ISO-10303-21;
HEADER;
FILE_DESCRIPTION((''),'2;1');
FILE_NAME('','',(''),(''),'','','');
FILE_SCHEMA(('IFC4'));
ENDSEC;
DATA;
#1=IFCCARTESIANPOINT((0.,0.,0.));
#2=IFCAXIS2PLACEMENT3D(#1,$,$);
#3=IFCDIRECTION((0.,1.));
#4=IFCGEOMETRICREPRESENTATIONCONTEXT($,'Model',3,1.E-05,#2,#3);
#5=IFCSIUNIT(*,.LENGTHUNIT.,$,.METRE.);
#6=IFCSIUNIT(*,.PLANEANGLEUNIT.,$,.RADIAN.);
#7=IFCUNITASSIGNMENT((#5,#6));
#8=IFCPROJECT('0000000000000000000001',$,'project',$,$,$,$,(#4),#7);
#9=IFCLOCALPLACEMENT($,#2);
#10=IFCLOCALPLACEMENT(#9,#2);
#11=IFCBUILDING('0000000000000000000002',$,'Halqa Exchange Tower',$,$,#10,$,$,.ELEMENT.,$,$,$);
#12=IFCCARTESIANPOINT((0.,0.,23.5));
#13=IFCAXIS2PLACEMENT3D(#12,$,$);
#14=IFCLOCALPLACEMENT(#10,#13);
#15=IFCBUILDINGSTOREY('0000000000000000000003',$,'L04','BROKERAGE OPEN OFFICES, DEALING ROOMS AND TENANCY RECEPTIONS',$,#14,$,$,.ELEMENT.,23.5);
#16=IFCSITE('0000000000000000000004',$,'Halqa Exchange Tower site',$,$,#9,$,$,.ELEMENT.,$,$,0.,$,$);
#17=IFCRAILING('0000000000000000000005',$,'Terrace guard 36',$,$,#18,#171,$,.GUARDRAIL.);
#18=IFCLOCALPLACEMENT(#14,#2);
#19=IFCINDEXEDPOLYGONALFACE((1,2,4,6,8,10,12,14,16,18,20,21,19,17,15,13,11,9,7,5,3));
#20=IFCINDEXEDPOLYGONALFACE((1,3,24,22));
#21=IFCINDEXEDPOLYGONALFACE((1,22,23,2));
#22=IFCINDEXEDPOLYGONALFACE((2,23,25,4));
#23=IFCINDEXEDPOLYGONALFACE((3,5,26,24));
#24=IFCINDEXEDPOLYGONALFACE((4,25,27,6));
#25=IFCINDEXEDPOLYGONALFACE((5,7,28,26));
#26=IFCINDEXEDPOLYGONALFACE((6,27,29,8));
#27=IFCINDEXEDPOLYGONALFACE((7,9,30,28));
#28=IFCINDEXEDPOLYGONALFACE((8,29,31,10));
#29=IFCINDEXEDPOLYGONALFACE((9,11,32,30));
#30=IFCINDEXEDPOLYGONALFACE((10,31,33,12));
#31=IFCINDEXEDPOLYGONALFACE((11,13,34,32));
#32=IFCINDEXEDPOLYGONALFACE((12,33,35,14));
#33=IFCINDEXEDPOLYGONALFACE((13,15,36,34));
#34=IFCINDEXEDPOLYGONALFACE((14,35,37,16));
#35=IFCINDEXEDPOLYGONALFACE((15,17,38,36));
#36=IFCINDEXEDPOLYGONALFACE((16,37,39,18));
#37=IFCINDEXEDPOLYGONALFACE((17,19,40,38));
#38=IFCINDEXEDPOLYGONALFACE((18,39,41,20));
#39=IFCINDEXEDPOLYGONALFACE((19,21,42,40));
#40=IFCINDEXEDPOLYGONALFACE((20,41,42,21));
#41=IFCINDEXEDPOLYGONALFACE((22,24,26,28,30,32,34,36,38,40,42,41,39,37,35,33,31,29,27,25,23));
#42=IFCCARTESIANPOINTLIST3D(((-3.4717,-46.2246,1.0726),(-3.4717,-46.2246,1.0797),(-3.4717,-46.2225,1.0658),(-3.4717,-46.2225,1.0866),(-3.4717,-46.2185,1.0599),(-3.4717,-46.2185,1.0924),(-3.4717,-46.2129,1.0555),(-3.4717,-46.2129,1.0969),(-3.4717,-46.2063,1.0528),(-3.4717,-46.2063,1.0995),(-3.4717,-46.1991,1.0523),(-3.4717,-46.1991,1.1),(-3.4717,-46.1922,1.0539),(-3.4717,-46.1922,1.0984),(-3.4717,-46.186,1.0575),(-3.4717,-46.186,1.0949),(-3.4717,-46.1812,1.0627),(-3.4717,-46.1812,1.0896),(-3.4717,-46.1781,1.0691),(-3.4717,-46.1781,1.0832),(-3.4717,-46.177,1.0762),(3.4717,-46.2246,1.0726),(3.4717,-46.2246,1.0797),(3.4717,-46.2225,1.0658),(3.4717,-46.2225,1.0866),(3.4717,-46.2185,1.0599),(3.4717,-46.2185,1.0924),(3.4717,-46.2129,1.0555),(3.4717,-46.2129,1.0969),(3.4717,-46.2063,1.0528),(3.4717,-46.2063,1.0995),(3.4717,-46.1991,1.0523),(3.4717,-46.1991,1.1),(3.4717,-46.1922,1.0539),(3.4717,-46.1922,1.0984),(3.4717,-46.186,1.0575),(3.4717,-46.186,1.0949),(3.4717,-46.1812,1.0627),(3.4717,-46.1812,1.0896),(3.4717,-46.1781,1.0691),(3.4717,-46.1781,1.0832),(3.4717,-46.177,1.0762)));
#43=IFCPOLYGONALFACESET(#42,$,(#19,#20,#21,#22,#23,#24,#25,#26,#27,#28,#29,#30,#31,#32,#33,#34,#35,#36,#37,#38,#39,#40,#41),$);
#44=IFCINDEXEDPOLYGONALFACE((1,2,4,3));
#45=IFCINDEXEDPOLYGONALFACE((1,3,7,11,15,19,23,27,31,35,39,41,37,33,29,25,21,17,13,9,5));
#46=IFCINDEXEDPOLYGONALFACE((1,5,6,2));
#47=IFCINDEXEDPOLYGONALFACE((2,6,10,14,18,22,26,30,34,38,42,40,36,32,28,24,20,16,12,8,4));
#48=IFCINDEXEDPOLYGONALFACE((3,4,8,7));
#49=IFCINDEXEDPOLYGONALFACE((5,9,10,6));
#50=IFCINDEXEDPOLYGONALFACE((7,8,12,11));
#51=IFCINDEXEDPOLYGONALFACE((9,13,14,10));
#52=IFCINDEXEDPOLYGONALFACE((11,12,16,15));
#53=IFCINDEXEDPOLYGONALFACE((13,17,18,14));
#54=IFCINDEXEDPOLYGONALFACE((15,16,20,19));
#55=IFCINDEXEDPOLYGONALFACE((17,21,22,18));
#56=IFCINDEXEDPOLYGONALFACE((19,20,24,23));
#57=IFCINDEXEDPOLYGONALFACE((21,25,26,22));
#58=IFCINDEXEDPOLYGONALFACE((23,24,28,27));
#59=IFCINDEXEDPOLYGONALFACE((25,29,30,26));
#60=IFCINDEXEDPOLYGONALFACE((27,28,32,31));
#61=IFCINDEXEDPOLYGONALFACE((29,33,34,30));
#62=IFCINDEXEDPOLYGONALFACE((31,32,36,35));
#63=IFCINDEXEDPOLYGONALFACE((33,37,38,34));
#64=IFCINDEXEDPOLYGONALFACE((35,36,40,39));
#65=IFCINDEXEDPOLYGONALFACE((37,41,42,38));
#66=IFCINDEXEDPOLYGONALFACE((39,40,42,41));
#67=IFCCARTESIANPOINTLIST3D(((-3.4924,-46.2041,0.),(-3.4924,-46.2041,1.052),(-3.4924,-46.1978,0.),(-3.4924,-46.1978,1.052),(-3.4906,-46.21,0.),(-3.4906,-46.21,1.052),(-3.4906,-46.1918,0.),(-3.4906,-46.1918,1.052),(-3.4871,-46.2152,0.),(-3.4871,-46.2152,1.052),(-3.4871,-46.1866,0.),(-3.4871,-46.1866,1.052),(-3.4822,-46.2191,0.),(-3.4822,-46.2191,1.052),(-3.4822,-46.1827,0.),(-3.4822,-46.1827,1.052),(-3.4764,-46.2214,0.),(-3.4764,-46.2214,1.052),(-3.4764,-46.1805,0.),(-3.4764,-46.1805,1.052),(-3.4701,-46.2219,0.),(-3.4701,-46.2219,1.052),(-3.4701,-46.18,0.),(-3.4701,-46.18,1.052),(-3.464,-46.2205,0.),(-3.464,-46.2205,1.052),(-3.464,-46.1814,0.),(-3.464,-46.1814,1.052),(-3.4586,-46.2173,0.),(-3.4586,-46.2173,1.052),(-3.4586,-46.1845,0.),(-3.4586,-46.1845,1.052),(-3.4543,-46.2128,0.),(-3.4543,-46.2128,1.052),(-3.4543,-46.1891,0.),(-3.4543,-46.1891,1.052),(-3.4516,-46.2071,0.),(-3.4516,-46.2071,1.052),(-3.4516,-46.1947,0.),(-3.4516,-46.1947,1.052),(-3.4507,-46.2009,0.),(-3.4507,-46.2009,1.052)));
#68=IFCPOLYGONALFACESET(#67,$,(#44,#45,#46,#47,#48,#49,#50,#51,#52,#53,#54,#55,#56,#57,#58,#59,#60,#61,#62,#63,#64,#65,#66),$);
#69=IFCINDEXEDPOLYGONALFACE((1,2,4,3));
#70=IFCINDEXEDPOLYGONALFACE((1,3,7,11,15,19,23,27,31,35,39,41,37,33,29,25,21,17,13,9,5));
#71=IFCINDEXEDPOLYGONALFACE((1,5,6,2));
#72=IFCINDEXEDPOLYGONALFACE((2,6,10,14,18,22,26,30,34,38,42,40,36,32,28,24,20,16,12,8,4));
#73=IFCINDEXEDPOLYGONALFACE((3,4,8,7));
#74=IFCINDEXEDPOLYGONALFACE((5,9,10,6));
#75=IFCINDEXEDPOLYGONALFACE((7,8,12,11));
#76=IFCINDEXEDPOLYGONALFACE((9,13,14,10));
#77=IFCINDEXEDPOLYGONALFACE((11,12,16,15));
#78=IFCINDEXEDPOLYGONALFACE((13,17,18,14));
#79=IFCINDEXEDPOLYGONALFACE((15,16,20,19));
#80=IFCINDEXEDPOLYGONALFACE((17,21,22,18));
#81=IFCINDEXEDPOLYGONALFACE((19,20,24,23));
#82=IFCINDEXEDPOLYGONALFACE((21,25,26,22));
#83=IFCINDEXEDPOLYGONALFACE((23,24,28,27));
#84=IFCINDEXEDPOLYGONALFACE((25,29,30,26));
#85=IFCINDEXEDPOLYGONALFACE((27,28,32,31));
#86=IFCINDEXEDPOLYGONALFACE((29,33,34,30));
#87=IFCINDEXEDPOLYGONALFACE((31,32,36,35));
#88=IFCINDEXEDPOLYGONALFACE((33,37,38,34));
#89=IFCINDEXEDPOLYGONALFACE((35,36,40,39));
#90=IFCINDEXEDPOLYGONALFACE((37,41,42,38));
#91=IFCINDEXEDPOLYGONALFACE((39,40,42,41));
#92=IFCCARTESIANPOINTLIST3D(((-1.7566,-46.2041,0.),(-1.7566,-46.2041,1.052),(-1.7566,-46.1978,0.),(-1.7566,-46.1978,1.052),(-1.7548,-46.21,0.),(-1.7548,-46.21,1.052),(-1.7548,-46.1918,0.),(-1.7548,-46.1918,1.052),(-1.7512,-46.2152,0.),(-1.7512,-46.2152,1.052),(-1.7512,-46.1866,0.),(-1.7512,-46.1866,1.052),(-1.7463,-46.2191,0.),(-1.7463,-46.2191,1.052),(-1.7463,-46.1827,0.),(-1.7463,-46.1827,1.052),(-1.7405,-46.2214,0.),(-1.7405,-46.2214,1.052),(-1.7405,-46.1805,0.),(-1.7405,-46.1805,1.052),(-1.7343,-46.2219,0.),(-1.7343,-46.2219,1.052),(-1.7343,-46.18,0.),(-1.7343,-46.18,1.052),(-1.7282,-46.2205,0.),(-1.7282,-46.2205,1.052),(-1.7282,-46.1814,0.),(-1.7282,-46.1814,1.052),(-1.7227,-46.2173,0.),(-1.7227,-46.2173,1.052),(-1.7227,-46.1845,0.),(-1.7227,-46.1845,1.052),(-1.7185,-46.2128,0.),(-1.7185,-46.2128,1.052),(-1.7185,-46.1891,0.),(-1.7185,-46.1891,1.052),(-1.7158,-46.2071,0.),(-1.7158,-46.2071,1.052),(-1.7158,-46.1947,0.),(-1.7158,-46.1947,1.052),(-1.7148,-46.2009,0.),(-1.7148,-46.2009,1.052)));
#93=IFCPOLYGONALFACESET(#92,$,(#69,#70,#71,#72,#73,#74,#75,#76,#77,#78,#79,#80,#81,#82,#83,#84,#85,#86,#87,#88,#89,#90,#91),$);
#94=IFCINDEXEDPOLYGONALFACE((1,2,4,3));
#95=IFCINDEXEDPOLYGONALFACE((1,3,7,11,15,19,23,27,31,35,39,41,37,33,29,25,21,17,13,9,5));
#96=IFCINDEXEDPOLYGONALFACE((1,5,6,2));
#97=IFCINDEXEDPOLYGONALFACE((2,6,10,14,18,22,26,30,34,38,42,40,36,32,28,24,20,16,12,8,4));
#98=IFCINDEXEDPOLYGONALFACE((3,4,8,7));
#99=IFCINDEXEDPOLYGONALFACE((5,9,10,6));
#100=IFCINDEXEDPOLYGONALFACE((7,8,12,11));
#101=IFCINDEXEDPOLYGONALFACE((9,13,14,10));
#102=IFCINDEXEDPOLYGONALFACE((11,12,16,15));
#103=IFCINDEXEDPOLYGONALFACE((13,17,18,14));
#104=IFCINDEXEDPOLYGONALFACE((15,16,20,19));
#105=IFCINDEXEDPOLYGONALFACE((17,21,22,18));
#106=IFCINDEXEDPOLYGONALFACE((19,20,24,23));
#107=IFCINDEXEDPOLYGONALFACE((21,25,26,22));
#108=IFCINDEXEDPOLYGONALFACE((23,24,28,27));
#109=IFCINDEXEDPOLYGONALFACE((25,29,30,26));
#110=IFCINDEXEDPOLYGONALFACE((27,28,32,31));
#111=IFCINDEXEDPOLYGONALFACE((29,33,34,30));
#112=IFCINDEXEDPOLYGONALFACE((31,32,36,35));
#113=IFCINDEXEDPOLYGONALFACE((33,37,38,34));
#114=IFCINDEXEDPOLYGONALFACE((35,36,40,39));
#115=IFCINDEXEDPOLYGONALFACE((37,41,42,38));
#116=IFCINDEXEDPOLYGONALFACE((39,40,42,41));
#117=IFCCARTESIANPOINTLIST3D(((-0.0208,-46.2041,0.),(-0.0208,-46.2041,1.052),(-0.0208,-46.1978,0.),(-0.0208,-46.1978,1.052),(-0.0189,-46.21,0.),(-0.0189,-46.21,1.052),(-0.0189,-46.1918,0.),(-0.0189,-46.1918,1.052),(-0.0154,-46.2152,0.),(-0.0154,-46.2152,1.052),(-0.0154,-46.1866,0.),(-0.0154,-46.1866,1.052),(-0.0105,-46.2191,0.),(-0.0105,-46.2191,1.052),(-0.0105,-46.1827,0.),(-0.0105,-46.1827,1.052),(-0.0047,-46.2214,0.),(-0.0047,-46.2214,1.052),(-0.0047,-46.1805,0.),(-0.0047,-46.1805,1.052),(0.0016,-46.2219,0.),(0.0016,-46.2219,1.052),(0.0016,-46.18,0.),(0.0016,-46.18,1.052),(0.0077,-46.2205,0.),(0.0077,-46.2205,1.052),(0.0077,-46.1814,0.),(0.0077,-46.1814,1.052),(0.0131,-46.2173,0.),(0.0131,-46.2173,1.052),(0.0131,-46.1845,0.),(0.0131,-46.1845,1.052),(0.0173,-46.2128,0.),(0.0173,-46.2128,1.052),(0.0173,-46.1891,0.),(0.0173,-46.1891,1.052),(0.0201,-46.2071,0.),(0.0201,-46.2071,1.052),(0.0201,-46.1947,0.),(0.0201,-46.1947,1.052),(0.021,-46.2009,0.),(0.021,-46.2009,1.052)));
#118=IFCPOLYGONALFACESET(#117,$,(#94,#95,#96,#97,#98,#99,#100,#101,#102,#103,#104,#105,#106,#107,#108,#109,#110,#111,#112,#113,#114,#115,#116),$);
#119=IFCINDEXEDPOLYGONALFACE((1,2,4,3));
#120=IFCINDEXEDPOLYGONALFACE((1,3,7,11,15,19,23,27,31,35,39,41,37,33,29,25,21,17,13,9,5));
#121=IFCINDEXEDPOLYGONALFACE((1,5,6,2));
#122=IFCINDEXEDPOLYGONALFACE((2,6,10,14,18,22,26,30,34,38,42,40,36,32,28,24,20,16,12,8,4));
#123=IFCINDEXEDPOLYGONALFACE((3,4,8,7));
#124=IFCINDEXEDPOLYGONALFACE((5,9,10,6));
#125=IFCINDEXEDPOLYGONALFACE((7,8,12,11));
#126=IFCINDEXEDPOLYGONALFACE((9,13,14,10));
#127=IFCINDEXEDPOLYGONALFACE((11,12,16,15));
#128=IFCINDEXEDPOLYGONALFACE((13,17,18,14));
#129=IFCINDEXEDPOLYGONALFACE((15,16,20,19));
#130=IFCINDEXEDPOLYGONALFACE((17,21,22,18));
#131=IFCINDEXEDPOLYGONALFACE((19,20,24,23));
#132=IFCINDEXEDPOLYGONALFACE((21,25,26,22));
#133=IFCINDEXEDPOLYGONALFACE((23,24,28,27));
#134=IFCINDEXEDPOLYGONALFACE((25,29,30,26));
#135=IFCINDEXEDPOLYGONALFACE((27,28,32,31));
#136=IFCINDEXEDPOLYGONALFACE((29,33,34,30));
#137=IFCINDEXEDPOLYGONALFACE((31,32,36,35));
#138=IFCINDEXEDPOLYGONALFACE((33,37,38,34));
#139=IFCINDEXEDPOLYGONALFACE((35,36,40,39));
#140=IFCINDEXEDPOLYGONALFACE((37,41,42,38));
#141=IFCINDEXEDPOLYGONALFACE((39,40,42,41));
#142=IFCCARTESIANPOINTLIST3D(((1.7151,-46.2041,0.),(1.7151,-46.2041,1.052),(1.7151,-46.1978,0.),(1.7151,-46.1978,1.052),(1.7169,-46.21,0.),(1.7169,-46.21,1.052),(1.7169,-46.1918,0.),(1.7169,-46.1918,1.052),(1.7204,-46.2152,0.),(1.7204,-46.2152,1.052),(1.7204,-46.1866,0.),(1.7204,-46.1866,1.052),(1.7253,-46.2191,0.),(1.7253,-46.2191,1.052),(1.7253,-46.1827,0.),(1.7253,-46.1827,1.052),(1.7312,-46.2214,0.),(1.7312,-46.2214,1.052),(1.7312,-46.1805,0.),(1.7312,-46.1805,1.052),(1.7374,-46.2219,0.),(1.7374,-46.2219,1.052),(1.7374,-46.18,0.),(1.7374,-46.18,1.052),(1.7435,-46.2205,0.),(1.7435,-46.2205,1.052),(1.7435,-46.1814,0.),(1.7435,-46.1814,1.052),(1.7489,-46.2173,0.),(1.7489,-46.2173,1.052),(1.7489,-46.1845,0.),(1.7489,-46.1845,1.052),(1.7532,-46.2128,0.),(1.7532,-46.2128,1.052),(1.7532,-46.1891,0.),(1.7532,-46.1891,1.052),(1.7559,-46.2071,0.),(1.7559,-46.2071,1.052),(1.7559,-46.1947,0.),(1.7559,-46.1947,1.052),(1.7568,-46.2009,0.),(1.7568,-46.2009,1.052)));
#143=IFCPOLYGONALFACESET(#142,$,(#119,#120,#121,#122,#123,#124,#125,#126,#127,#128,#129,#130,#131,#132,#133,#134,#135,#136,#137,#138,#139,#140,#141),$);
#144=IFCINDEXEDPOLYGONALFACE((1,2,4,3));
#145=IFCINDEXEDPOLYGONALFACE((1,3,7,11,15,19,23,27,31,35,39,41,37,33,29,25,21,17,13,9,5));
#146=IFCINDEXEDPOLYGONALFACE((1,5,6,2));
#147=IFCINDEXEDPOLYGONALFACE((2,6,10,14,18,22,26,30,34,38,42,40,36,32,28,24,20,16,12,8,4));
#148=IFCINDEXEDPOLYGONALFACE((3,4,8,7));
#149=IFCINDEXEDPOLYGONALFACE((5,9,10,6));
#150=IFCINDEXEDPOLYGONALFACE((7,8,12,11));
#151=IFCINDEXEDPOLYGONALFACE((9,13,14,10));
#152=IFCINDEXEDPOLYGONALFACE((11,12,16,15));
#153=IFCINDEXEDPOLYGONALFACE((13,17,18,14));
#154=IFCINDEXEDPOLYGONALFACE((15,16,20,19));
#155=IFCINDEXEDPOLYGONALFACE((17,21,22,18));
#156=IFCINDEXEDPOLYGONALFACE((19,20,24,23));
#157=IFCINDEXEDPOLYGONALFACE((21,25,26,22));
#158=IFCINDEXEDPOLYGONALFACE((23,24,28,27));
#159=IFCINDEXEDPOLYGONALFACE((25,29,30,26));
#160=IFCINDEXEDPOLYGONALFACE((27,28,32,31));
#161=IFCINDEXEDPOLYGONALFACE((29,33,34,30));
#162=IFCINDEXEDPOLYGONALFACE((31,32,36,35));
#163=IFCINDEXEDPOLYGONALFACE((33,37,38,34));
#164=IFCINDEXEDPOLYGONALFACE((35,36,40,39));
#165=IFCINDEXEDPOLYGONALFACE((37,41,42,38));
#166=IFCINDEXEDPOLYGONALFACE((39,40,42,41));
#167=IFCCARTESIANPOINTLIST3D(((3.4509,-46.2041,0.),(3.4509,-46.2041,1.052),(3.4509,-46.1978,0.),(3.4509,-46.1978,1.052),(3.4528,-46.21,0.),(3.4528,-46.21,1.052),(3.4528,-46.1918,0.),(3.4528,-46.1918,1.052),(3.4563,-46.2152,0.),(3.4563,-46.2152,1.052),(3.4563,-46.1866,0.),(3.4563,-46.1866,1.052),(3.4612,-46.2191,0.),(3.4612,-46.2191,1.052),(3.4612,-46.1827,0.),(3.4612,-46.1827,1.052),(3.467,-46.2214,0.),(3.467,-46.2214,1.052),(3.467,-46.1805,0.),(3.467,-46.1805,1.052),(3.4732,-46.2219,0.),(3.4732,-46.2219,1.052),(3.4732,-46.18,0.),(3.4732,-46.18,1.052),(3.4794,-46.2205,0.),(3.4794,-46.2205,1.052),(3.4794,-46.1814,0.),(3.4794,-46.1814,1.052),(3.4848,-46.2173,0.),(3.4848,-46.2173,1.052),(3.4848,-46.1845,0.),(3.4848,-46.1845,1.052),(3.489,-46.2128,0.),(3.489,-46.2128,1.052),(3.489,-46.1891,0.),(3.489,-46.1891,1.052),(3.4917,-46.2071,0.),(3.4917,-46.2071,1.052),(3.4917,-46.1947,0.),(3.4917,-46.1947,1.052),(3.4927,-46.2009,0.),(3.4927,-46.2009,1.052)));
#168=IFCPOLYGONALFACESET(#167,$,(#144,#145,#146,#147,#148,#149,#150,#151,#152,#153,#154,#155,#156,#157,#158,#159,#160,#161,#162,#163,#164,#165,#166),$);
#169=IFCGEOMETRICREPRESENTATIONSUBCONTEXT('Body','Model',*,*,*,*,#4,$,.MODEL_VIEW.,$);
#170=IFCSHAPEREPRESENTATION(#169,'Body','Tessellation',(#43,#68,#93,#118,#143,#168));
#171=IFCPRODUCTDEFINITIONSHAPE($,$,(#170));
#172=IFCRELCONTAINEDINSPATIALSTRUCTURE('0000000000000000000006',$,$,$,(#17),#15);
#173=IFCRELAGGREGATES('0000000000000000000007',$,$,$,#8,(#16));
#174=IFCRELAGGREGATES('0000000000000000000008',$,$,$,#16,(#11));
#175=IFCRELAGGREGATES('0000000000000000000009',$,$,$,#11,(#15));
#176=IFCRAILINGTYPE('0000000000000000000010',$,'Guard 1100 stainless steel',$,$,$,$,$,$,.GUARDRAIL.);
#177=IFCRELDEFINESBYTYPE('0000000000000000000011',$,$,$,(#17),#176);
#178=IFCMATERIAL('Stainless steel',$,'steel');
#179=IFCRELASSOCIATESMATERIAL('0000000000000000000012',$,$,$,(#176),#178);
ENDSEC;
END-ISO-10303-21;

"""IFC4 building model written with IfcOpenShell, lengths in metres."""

from ifc_helpers import new_model, si_unit, direction, frame, origin, origin_2d, place, context, subcontext, project, spatial, circle, extrude, material, type_object, element, save


model = new_model("IFC4")

# Units and contexts
model_context = context("Model", 3, precision=1e-05, world=origin(), true_north=direction((0.0, 1.0)))
body_context = subcontext(model_context, "Body", "Model", "MODEL_VIEW")
ifc_project = project(units=[si_unit("LENGTHUNIT", "METRE"), si_unit("PLANEANGLEUNIT", "RADIAN")], contexts=[model_context])

# Site, building, storey
site_placement = place(None, origin())
site = spatial("IfcSite", under=ifc_project, at=site_placement, Name="Halqa Exchange Tower site", CompositionType="ELEMENT", RefElevation=0.0)
building_placement = place(site_placement, origin())
building = spatial("IfcBuilding", under=site, at=building_placement, Name="Halqa Exchange Tower", CompositionType="ELEMENT")
storey_placement = place(building_placement, frame((0.0, 0.0, 23.5)))
storey = spatial("IfcBuildingStorey", under=building, at=storey_placement, Name="L04", Description="BROKERAGE OPEN OFFICES, DEALING ROOMS AND TENANCY RECEPTIONS", CompositionType="ELEMENT", Elevation=23.5)

# Railing
ifc_material_1 = material(Name="Stainless steel", Category="steel")
railing_type = type_object("IfcRailingType", Name="Guard 1100 stainless steel", PredefinedType="GUARDRAIL", material=ifc_material_1)
railing_1_placement = place(storey_placement, frame((-3.4717, -46.2009, 0.0)))
element("IfcRailing", 1, at=railing_1_placement, inside=storey, type_object=railing_type, Name="Terrace guard 36", PredefinedType="GUARDRAIL", context=body_context, shape_type="SweptSolid", body=[
    extrude(circle(Radius=0.0239, at=origin_2d()), frame((0.0, 0.0, 1.0762), z_axis=(1.0, 0.0, 0.0), x_axis=(0.0, 1.0, 0.0)), (0.0, 0.0, 1.0), 6.9434),
    extrude(circle(Radius=0.021, at=origin_2d()), origin(), (0.0, 0.0, 1.0), 1.052),
    extrude(circle(Radius=0.021, at=origin_2d()), frame((1.7358, 0.0, 0.0)), (0.0, 0.0, 1.0), 1.052),
    extrude(circle(Radius=0.021, at=origin_2d()), frame((3.4717, 0.0, 0.0)), (0.0, 0.0, 1.0), 1.052),
    extrude(circle(Radius=0.021, at=origin_2d()), frame((5.2075, 0.0, 0.0)), (0.0, 0.0, 1.0), 1.052),
    extrude(circle(Radius=0.021, at=origin_2d()), frame((6.9434, 0.0, 0.0)), (0.0, 0.0, 1.0), 1.052),
])

save(model, "model.ifc")
